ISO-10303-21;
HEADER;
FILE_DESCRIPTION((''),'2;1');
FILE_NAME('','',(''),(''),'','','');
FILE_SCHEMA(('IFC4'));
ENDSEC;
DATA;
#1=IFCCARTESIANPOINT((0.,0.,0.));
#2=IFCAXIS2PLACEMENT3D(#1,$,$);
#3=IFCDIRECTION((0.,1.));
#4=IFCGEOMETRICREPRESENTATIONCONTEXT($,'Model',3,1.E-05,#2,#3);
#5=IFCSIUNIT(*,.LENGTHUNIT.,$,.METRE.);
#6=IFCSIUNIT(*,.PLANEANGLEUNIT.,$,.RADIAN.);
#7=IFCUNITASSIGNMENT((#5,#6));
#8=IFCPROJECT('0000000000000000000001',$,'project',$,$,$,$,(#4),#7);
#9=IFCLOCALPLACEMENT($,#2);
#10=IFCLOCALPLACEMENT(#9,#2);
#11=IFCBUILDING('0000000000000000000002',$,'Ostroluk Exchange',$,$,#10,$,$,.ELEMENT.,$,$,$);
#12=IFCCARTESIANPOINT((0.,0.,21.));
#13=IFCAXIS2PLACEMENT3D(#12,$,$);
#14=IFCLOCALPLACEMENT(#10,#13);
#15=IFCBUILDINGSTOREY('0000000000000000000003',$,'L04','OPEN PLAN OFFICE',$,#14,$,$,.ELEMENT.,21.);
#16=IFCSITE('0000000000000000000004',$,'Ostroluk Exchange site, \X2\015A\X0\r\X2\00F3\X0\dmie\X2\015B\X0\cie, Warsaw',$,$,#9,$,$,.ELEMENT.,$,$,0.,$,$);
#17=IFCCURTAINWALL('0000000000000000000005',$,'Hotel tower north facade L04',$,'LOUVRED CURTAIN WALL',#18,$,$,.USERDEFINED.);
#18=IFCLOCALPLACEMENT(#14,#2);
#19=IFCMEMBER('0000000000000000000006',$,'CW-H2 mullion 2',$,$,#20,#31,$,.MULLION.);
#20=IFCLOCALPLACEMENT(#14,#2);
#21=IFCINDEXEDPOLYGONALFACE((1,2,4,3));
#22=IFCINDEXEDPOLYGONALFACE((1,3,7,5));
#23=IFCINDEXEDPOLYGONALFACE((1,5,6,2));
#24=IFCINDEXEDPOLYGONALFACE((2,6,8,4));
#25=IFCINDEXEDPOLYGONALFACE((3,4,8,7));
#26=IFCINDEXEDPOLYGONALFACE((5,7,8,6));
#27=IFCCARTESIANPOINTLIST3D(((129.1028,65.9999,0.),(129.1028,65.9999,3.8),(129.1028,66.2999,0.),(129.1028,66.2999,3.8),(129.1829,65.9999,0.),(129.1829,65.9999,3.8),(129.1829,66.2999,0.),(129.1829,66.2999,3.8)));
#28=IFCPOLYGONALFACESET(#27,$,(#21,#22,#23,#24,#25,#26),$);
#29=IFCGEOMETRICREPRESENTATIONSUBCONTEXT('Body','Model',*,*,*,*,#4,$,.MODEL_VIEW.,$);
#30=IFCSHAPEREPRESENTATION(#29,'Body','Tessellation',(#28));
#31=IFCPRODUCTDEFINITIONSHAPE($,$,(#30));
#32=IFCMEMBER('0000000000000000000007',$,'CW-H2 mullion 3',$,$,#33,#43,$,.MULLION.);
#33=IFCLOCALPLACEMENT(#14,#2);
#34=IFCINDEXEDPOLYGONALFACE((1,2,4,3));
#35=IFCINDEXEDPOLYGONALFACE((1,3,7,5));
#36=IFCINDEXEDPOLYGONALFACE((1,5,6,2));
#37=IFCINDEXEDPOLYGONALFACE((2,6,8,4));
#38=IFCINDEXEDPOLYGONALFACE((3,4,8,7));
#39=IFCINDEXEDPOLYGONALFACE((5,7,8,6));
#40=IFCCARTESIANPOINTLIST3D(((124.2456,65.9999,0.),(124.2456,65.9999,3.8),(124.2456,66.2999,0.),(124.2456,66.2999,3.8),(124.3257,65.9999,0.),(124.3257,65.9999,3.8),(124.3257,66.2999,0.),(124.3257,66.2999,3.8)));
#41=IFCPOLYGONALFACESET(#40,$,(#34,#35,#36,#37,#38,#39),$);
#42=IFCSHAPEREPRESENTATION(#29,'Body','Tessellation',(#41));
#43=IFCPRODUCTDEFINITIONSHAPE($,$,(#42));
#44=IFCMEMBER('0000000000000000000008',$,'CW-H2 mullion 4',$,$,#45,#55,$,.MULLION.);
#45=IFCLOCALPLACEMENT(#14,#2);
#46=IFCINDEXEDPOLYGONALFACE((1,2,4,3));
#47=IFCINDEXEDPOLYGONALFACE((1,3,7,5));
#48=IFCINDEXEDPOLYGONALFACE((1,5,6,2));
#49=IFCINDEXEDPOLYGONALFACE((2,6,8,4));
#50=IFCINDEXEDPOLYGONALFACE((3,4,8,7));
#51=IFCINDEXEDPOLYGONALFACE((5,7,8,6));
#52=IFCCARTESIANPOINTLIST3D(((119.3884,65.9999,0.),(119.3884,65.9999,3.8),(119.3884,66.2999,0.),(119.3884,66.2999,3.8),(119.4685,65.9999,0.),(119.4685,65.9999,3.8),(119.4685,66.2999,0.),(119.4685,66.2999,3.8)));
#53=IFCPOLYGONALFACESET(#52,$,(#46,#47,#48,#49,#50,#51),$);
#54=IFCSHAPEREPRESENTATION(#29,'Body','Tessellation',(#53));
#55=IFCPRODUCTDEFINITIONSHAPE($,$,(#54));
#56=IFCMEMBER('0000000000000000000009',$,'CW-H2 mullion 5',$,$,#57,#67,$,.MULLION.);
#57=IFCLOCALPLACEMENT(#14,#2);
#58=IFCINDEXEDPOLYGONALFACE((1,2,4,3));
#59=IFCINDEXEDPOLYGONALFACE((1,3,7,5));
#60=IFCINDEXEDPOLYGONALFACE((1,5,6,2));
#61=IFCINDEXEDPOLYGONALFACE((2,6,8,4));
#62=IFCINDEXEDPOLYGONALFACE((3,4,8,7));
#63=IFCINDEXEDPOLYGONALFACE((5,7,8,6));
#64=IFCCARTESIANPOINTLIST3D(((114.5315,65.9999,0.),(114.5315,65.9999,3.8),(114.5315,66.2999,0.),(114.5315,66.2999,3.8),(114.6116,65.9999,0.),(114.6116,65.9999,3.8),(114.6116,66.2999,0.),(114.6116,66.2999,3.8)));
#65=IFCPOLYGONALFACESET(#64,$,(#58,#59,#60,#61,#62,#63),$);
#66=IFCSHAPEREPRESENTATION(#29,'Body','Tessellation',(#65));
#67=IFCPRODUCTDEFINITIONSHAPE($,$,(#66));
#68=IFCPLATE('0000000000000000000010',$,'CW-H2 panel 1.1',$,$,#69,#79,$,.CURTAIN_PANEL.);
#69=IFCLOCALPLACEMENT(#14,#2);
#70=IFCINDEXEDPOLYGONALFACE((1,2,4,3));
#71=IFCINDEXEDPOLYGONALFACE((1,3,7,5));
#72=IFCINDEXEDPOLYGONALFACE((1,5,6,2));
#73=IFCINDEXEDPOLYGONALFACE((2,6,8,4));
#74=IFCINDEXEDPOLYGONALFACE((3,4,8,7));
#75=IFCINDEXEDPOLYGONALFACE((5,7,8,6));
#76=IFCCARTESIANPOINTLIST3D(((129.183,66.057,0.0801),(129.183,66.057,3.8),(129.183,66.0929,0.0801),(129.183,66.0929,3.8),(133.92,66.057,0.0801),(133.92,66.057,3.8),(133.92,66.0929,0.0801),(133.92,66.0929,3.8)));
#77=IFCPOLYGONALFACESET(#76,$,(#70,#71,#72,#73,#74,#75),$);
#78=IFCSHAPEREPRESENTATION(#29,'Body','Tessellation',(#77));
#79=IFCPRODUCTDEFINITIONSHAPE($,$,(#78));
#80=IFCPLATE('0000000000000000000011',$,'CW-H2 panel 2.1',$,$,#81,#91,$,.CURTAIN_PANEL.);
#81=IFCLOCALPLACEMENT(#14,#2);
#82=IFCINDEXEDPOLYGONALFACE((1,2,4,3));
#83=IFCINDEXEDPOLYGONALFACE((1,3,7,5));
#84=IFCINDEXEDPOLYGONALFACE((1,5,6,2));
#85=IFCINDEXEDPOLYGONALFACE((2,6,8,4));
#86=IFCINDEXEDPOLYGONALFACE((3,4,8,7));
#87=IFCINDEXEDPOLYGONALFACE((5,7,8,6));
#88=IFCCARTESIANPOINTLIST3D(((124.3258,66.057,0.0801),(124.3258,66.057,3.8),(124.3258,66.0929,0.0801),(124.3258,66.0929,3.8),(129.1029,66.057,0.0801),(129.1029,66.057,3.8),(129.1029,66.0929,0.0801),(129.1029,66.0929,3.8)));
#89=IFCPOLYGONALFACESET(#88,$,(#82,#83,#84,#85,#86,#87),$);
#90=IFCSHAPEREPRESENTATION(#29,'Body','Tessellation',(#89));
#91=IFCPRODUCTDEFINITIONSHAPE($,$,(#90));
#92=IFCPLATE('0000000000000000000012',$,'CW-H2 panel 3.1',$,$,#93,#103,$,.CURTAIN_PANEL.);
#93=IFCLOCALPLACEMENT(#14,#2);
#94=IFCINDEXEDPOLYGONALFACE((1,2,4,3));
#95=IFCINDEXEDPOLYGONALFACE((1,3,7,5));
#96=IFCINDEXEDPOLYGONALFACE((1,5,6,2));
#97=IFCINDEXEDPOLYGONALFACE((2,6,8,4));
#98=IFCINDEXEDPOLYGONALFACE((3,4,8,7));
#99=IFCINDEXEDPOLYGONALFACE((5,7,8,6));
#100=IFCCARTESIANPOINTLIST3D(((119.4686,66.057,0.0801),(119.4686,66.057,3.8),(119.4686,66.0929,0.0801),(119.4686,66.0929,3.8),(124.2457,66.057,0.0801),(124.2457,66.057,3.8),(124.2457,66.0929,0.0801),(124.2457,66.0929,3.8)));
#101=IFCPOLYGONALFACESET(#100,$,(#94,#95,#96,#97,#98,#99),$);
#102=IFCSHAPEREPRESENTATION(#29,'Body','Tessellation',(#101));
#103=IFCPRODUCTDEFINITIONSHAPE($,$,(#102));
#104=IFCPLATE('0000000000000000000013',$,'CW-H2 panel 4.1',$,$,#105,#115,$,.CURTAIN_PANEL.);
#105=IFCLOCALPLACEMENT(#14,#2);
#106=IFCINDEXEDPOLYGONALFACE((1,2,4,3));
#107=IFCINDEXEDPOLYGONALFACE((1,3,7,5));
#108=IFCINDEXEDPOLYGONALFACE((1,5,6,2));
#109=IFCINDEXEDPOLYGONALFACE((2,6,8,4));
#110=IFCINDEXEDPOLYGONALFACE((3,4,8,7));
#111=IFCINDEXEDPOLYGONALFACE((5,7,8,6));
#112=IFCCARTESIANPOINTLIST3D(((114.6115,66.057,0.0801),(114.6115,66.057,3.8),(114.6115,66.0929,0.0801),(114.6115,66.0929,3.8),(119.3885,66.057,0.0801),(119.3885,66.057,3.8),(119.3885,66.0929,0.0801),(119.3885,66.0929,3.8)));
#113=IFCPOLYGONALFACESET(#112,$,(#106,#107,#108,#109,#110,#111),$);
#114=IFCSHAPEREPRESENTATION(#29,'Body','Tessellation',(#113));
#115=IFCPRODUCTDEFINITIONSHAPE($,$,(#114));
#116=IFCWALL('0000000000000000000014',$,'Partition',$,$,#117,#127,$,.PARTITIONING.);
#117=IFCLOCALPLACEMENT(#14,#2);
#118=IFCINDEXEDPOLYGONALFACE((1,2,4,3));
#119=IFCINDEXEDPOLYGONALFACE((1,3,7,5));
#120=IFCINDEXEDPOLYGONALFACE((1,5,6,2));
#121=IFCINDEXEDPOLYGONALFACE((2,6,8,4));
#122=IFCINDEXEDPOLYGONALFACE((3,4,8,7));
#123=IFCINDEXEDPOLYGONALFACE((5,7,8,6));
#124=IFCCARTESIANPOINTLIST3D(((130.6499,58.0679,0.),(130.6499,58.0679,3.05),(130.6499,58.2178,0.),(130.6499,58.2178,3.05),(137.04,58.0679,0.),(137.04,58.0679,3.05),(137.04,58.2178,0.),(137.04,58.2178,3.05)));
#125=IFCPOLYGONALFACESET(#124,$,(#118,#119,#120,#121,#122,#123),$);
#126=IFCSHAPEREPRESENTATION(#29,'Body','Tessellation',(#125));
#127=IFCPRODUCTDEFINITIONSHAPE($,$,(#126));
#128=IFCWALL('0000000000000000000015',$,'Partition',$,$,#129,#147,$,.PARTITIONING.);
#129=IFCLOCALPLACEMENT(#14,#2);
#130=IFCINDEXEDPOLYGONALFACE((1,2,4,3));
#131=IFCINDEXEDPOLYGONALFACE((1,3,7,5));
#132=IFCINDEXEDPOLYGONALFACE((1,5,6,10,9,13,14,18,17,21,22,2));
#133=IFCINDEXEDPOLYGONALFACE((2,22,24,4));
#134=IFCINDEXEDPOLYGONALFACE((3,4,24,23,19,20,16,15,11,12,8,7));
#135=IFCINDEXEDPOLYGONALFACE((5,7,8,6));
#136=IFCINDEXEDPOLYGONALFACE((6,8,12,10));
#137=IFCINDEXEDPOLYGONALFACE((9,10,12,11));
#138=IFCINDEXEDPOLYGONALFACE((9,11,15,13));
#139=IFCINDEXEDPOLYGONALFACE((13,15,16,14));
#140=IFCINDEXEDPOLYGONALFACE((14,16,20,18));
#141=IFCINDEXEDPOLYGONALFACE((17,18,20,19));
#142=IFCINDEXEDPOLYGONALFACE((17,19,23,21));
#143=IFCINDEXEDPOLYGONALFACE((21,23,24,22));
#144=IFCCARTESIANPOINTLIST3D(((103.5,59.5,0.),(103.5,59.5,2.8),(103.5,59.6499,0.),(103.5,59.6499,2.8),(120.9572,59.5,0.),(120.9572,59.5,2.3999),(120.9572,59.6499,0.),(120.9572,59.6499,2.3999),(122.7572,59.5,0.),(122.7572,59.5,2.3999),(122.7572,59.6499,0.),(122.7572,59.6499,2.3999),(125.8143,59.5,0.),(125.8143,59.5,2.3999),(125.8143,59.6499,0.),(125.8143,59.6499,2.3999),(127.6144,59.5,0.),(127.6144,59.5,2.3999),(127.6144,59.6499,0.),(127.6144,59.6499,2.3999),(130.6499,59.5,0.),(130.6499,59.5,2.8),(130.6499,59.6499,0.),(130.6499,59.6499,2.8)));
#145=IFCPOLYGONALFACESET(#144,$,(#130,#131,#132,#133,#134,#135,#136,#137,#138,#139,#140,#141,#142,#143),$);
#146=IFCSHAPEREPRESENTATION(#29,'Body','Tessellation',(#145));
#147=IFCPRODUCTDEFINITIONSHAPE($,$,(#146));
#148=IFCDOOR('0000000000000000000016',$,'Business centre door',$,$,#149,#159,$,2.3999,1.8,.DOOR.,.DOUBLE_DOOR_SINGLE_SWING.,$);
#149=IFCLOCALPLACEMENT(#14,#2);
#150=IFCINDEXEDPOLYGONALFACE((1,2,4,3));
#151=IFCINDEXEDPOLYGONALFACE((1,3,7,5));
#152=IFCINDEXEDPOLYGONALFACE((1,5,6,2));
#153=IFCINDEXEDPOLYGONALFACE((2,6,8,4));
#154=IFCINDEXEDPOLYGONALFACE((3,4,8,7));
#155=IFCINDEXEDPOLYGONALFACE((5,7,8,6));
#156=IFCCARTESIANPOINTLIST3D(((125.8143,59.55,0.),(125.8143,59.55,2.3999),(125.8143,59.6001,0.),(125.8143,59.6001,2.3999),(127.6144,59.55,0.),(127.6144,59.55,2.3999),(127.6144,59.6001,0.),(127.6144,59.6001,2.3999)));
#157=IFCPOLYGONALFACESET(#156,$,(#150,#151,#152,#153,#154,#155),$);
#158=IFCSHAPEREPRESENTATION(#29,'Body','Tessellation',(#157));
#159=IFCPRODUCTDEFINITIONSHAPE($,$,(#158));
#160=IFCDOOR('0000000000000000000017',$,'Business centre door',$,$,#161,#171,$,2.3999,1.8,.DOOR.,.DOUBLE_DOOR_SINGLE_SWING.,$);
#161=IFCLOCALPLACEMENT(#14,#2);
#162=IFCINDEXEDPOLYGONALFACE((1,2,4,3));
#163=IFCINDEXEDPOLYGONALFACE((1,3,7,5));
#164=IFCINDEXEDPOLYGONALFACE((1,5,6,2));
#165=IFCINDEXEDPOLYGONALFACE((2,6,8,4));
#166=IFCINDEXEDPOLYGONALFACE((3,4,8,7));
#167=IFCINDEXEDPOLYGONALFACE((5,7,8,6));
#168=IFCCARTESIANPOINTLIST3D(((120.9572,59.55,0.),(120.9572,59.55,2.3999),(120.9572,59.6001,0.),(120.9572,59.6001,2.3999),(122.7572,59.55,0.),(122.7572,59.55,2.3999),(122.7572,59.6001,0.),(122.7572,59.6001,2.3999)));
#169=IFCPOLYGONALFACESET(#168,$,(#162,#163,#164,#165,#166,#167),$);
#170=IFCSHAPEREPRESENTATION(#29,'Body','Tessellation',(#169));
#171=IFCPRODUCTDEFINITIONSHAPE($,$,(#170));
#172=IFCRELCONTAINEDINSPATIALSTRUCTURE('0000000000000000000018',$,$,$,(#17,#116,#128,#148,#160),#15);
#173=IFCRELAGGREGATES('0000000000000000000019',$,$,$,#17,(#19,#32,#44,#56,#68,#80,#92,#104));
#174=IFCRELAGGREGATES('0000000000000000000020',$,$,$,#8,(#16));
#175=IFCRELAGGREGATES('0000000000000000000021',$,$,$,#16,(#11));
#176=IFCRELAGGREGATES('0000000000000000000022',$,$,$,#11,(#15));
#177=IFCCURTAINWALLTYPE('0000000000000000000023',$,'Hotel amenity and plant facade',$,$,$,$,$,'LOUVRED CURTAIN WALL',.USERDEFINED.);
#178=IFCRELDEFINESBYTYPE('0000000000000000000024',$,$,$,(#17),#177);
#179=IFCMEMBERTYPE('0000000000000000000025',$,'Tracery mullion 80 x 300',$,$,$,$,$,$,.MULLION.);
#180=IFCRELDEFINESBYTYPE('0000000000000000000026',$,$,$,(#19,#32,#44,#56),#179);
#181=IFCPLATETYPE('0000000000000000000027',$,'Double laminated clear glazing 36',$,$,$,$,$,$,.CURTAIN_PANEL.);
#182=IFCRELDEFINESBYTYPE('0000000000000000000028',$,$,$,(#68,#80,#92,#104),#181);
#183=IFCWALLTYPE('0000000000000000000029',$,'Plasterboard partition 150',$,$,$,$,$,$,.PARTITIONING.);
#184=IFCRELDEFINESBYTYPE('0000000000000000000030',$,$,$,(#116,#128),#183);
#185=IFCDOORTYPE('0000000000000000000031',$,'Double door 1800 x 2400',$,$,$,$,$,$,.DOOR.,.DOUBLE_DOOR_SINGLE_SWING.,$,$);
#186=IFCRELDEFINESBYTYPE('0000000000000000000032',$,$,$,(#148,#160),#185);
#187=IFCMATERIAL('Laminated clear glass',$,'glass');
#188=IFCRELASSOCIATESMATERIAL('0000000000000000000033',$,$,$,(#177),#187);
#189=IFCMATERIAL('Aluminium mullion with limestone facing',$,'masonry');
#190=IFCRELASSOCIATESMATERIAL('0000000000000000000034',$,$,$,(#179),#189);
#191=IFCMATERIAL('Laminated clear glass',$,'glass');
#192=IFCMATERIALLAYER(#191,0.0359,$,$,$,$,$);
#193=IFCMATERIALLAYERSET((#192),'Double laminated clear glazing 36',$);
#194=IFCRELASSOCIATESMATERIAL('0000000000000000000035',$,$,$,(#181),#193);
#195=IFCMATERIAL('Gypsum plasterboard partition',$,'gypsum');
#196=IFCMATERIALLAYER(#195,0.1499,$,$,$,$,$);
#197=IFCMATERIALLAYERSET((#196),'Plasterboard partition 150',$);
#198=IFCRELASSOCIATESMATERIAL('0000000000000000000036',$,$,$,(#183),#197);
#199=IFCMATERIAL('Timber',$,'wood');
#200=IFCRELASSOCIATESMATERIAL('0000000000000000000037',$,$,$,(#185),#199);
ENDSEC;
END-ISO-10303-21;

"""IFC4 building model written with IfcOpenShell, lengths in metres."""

from ifc_helpers import new_model, si_unit, direction, frame, frame_2d, origin, origin_2d, place, context, subcontext, project, spatial, rectangle, extrude, material, layer, layer_set, material_profile, profile_set, type_object, element, fill, aggregate, save


model = new_model("IFC4")

# Units and contexts
model_context = context("Model", 3, precision=1e-05, world=origin(), true_north=direction((0.0, 1.0)))
body_context = subcontext(model_context, "Body", "Model", "MODEL_VIEW")
ifc_project = project(units=[si_unit("LENGTHUNIT", "METRE"), si_unit("PLANEANGLEUNIT", "RADIAN")], contexts=[model_context])

# Site, building, storey
site_placement = place(None, origin())
site = spatial("IfcSite", under=ifc_project, at=site_placement, Name="Ostroluk Exchange site, Śródmieście, Warsaw", CompositionType="ELEMENT", RefElevation=0.0)
building_placement = place(site_placement, origin())
building = spatial("IfcBuilding", under=site, at=building_placement, Name="Ostroluk Exchange", CompositionType="ELEMENT")
storey_placement = place(building_placement, frame((0.0, 0.0, 21.0)))
storey = spatial("IfcBuildingStorey", under=building, at=storey_placement, Name="L04", Description="OPEN PLAN OFFICE", CompositionType="ELEMENT", Elevation=21.0)

# Curtain wall, members, plates
ifc_material_1 = material(Name="Laminated clear glass", Category="glass")
curtain_wall_type = type_object("IfcCurtainWallType", Name="Hotel amenity and plant facade", ElementType="LOUVRED CURTAIN WALL", PredefinedType="USERDEFINED", material=ifc_material_1)
curtain_wall_placement = place(storey_placement, origin())
curtain_wall = element("IfcCurtainWall", 1, at=curtain_wall_placement, inside=storey, type_object=curtain_wall_type, Name="Hotel tower north facade L04", ObjectType="LOUVRED CURTAIN WALL", PredefinedType="USERDEFINED")
ifc_material_2 = material(Name="Aluminium mullion with limestone facing", Category="masonry")
ifc_material_profile_1 = material_profile(ifc_material_2, rectangle(XDim=0.3, YDim=0.0801, at=origin_2d()), Name="Tracery mullion 80 x 300")
ifc_profile_set_1 = profile_set([ifc_material_profile_1], Name="Aluminium mullion with limestone facing")
member_type_1 = type_object("IfcMemberType", Name="Tracery mullion 80 x 300", PredefinedType="MULLION", material=ifc_profile_set_1)
member_1_placement = place(storey_placement, frame((129.1428, 66.1499, 0.0), z_axis=(0.0, 0.0, 1.0), x_axis=(0.0, -1.0, 0.0)))
member_1 = element("IfcMember", 2, at=member_1_placement, type_object=member_type_1, Name="CW-H2 mullion 2", PredefinedType="MULLION", context=body_context, shape_type="SweptSolid", body=[
    extrude(rectangle(XDim=0.3, YDim=0.0801, at=origin_2d()), origin(), (0.0, 0.0, 1.0), 3.8),
])
member_2_placement = place(storey_placement, frame((124.2856, 66.1499, 0.0), z_axis=(0.0, 0.0, 1.0), x_axis=(0.0, -1.0, 0.0)))
member_2 = element("IfcMember", 3, at=member_2_placement, type_object=member_type_1, Name="CW-H2 mullion 3", PredefinedType="MULLION", context=body_context, shape_type="SweptSolid", body=[
    extrude(rectangle(XDim=0.3, YDim=0.0801, at=origin_2d()), origin(), (0.0, 0.0, 1.0), 3.8),
])
member_3_placement = place(storey_placement, frame((119.4285, 66.1499, 0.0), z_axis=(0.0, 0.0, 1.0), x_axis=(0.0, -1.0, 0.0)))
member_3 = element("IfcMember", 4, at=member_3_placement, type_object=member_type_1, Name="CW-H2 mullion 4", PredefinedType="MULLION", context=body_context, shape_type="SweptSolid", body=[
    extrude(rectangle(XDim=0.3, YDim=0.0801, at=origin_2d()), origin(), (0.0, 0.0, 1.0), 3.8),
])
member_4_placement = place(storey_placement, frame((114.5715, 66.1499, 0.0), z_axis=(0.0, 0.0, 1.0), x_axis=(0.0, -1.0, 0.0)))
member_4 = element("IfcMember", 5, at=member_4_placement, type_object=member_type_1, Name="CW-H2 mullion 5", PredefinedType="MULLION", context=body_context, shape_type="SweptSolid", body=[
    extrude(rectangle(XDim=0.3, YDim=0.0801, at=origin_2d()), origin(), (0.0, 0.0, 1.0), 3.8),
])
ifc_material_3 = material(Name="Laminated clear glass", Category="glass")
ifc_layer_1 = layer(ifc_material_3, 0.0359)
ifc_layer_set_1 = layer_set([ifc_layer_1], Name="Double laminated clear glazing 36")
plate_type = type_object("IfcPlateType", Name="Double laminated clear glazing 36", PredefinedType="CURTAIN_PANEL", material=ifc_layer_set_1)
plate_1_placement = place(storey_placement, frame((131.5515, 66.075, 0.0801), z_axis=(0.0, 0.0, 1.0), x_axis=(-1.0, 0.0, 0.0)))
plate_1 = element("IfcPlate", 6, at=plate_1_placement, type_object=plate_type, Name="CW-H2 panel 1.1", PredefinedType="CURTAIN_PANEL", context=body_context, shape_type="SweptSolid", body=[
    extrude(rectangle(XDim=4.7371, YDim=0.0359, at=origin_2d()), origin(), (0.0, 0.0, 1.0), 3.72),
])
plate_2_placement = place(storey_placement, frame((126.7144, 66.075, 0.0801), z_axis=(0.0, 0.0, 1.0), x_axis=(-1.0, 0.0, 0.0)))
plate_2 = element("IfcPlate", 7, at=plate_2_placement, type_object=plate_type, Name="CW-H2 panel 2.1", PredefinedType="CURTAIN_PANEL", context=body_context, shape_type="SweptSolid", body=[
    extrude(rectangle(XDim=4.7771, YDim=0.0359, at=origin_2d()), origin(), (0.0, 0.0, 1.0), 3.72),
])
plate_3_placement = place(storey_placement, frame((121.8572, 66.075, 0.0801), z_axis=(0.0, 0.0, 1.0), x_axis=(-1.0, 0.0, 0.0)))
plate_3 = element("IfcPlate", 8, at=plate_3_placement, type_object=plate_type, Name="CW-H2 panel 3.1", PredefinedType="CURTAIN_PANEL", context=body_context, shape_type="SweptSolid", body=[
    extrude(rectangle(XDim=4.7771, YDim=0.0359, at=origin_2d()), origin(), (0.0, 0.0, 1.0), 3.72),
])
plate_4_placement = place(storey_placement, frame((117.0, 66.075, 0.0801), z_axis=(0.0, 0.0, 1.0), x_axis=(-1.0, 0.0, 0.0)))
plate_4 = element("IfcPlate", 9, at=plate_4_placement, type_object=plate_type, Name="CW-H2 panel 4.1", PredefinedType="CURTAIN_PANEL", context=body_context, shape_type="SweptSolid", body=[
    extrude(rectangle(XDim=4.7771, YDim=0.0359, at=origin_2d()), origin(), (0.0, 0.0, 1.0), 3.72),
])
aggregate(curtain_wall, [member_1, member_2, member_3, member_4, plate_1, plate_2, plate_3, plate_4])

# Wall
ifc_material_4 = material(Name="Gypsum plasterboard partition", Category="gypsum")
ifc_layer_2 = layer(ifc_material_4, 0.1499)
ifc_layer_set_2 = layer_set([ifc_layer_2], Name="Plasterboard partition 150")
wall_type = type_object("IfcWallType", Name="Plasterboard partition 150", PredefinedType="PARTITIONING", material=ifc_layer_set_2)
wall_1_placement = place(storey_placement, frame((130.6499, 58.1428, 0.0), z_axis=(0.0, 0.0, 1.0), x_axis=(1.0, 0.0, 0.0)))
element("IfcWall", 10, at=wall_1_placement, inside=storey, type_object=wall_type, Name="Partition", PredefinedType="PARTITIONING", context=body_context, shape_type="SweptSolid", body=[
    extrude(rectangle(XDim=6.3901, YDim=0.1499, at=frame_2d((3.1951, 0.0))), origin(), (0.0, 0.0, 1.0), 3.05),
])

# Wall, openings, doors
wall_2_placement = place(storey_placement, frame((130.6499, 59.575, 0.0), z_axis=(0.0, 0.0, 1.0), x_axis=(-1.0, 0.0, 0.0)))
wall_2 = element("IfcWall", 11, at=wall_2_placement, inside=storey, type_object=wall_type, Name="Partition", PredefinedType="PARTITIONING", context=body_context, shape_type="SweptSolid", body=[
    extrude(rectangle(XDim=27.1499, YDim=0.1499, at=frame_2d((13.575, 0.0))), origin(), (0.0, 0.0, 1.0), 2.8),
])
opening_1_placement = place(wall_2_placement, frame((3.0356, 0.0, 0.0)))
opening_1 = element("IfcOpeningElement", 12, at=opening_1_placement, cuts=wall_2, PredefinedType="OPENING", context=body_context, shape_type="SweptSolid", body=[
    extrude(rectangle(XDim=1.8, YDim=2.3999, at=frame_2d((0.8999, 1.2))), frame((0.0, 0.085, 0.0), z_axis=(0.0, -1.0, 0.0), x_axis=(1.0, 0.0, 0.0)), (0.0, 0.0, 1.0), 0.1699),
])
opening_2_placement = place(wall_2_placement, frame((7.8928, 0.0, 0.0)))
opening_2 = element("IfcOpeningElement", 13, at=opening_2_placement, cuts=wall_2, PredefinedType="OPENING", context=body_context, shape_type="SweptSolid", body=[
    extrude(rectangle(XDim=1.8, YDim=2.3999, at=frame_2d((0.8999, 1.2))), frame((0.0, 0.085, 0.0), z_axis=(0.0, -1.0, 0.0), x_axis=(1.0, 0.0, 0.0)), (0.0, 0.0, 1.0), 0.1699),
])
ifc_material_5 = material(Name="Timber", Category="wood")
door_type = type_object("IfcDoorType", Name="Double door 1800 x 2400", OperationType="DOUBLE_DOOR_SINGLE_SWING", PredefinedType="DOOR", material=ifc_material_5)
door_1_placement = place(opening_1_placement, origin())
door_1 = element("IfcDoor", 14, at=door_1_placement, inside=storey, type_object=door_type, Name="Business centre door", OperationType="DOUBLE_DOOR_SINGLE_SWING", OverallHeight=2.3999, OverallWidth=1.8, PredefinedType="DOOR", context=body_context, shape_type="SweptSolid", body=[
    extrude(rectangle(XDim=1.8, YDim=2.3999, at=frame_2d((0.8999, 1.2))), frame((0.0, 0.0249, 0.0), z_axis=(0.0, -1.0, 0.0), x_axis=(1.0, 0.0, 0.0)), (0.0, 0.0, 1.0), 0.05),
])
fill(opening_1, door_1)
door_2_placement = place(opening_2_placement, origin())
door_2 = element("IfcDoor", 15, at=door_2_placement, inside=storey, type_object=door_type, Name="Business centre door", OperationType="DOUBLE_DOOR_SINGLE_SWING", OverallHeight=2.3999, OverallWidth=1.8, PredefinedType="DOOR", context=body_context, shape_type="SweptSolid", body=[
    extrude(rectangle(XDim=1.8, YDim=2.3999, at=frame_2d((0.8999, 1.2))), frame((0.0, 0.0249, 0.0), z_axis=(0.0, -1.0, 0.0), x_axis=(1.0, 0.0, 0.0)), (0.0, 0.0, 1.0), 0.05),
])
fill(opening_2, door_2)

save(model, "model.ifc")
